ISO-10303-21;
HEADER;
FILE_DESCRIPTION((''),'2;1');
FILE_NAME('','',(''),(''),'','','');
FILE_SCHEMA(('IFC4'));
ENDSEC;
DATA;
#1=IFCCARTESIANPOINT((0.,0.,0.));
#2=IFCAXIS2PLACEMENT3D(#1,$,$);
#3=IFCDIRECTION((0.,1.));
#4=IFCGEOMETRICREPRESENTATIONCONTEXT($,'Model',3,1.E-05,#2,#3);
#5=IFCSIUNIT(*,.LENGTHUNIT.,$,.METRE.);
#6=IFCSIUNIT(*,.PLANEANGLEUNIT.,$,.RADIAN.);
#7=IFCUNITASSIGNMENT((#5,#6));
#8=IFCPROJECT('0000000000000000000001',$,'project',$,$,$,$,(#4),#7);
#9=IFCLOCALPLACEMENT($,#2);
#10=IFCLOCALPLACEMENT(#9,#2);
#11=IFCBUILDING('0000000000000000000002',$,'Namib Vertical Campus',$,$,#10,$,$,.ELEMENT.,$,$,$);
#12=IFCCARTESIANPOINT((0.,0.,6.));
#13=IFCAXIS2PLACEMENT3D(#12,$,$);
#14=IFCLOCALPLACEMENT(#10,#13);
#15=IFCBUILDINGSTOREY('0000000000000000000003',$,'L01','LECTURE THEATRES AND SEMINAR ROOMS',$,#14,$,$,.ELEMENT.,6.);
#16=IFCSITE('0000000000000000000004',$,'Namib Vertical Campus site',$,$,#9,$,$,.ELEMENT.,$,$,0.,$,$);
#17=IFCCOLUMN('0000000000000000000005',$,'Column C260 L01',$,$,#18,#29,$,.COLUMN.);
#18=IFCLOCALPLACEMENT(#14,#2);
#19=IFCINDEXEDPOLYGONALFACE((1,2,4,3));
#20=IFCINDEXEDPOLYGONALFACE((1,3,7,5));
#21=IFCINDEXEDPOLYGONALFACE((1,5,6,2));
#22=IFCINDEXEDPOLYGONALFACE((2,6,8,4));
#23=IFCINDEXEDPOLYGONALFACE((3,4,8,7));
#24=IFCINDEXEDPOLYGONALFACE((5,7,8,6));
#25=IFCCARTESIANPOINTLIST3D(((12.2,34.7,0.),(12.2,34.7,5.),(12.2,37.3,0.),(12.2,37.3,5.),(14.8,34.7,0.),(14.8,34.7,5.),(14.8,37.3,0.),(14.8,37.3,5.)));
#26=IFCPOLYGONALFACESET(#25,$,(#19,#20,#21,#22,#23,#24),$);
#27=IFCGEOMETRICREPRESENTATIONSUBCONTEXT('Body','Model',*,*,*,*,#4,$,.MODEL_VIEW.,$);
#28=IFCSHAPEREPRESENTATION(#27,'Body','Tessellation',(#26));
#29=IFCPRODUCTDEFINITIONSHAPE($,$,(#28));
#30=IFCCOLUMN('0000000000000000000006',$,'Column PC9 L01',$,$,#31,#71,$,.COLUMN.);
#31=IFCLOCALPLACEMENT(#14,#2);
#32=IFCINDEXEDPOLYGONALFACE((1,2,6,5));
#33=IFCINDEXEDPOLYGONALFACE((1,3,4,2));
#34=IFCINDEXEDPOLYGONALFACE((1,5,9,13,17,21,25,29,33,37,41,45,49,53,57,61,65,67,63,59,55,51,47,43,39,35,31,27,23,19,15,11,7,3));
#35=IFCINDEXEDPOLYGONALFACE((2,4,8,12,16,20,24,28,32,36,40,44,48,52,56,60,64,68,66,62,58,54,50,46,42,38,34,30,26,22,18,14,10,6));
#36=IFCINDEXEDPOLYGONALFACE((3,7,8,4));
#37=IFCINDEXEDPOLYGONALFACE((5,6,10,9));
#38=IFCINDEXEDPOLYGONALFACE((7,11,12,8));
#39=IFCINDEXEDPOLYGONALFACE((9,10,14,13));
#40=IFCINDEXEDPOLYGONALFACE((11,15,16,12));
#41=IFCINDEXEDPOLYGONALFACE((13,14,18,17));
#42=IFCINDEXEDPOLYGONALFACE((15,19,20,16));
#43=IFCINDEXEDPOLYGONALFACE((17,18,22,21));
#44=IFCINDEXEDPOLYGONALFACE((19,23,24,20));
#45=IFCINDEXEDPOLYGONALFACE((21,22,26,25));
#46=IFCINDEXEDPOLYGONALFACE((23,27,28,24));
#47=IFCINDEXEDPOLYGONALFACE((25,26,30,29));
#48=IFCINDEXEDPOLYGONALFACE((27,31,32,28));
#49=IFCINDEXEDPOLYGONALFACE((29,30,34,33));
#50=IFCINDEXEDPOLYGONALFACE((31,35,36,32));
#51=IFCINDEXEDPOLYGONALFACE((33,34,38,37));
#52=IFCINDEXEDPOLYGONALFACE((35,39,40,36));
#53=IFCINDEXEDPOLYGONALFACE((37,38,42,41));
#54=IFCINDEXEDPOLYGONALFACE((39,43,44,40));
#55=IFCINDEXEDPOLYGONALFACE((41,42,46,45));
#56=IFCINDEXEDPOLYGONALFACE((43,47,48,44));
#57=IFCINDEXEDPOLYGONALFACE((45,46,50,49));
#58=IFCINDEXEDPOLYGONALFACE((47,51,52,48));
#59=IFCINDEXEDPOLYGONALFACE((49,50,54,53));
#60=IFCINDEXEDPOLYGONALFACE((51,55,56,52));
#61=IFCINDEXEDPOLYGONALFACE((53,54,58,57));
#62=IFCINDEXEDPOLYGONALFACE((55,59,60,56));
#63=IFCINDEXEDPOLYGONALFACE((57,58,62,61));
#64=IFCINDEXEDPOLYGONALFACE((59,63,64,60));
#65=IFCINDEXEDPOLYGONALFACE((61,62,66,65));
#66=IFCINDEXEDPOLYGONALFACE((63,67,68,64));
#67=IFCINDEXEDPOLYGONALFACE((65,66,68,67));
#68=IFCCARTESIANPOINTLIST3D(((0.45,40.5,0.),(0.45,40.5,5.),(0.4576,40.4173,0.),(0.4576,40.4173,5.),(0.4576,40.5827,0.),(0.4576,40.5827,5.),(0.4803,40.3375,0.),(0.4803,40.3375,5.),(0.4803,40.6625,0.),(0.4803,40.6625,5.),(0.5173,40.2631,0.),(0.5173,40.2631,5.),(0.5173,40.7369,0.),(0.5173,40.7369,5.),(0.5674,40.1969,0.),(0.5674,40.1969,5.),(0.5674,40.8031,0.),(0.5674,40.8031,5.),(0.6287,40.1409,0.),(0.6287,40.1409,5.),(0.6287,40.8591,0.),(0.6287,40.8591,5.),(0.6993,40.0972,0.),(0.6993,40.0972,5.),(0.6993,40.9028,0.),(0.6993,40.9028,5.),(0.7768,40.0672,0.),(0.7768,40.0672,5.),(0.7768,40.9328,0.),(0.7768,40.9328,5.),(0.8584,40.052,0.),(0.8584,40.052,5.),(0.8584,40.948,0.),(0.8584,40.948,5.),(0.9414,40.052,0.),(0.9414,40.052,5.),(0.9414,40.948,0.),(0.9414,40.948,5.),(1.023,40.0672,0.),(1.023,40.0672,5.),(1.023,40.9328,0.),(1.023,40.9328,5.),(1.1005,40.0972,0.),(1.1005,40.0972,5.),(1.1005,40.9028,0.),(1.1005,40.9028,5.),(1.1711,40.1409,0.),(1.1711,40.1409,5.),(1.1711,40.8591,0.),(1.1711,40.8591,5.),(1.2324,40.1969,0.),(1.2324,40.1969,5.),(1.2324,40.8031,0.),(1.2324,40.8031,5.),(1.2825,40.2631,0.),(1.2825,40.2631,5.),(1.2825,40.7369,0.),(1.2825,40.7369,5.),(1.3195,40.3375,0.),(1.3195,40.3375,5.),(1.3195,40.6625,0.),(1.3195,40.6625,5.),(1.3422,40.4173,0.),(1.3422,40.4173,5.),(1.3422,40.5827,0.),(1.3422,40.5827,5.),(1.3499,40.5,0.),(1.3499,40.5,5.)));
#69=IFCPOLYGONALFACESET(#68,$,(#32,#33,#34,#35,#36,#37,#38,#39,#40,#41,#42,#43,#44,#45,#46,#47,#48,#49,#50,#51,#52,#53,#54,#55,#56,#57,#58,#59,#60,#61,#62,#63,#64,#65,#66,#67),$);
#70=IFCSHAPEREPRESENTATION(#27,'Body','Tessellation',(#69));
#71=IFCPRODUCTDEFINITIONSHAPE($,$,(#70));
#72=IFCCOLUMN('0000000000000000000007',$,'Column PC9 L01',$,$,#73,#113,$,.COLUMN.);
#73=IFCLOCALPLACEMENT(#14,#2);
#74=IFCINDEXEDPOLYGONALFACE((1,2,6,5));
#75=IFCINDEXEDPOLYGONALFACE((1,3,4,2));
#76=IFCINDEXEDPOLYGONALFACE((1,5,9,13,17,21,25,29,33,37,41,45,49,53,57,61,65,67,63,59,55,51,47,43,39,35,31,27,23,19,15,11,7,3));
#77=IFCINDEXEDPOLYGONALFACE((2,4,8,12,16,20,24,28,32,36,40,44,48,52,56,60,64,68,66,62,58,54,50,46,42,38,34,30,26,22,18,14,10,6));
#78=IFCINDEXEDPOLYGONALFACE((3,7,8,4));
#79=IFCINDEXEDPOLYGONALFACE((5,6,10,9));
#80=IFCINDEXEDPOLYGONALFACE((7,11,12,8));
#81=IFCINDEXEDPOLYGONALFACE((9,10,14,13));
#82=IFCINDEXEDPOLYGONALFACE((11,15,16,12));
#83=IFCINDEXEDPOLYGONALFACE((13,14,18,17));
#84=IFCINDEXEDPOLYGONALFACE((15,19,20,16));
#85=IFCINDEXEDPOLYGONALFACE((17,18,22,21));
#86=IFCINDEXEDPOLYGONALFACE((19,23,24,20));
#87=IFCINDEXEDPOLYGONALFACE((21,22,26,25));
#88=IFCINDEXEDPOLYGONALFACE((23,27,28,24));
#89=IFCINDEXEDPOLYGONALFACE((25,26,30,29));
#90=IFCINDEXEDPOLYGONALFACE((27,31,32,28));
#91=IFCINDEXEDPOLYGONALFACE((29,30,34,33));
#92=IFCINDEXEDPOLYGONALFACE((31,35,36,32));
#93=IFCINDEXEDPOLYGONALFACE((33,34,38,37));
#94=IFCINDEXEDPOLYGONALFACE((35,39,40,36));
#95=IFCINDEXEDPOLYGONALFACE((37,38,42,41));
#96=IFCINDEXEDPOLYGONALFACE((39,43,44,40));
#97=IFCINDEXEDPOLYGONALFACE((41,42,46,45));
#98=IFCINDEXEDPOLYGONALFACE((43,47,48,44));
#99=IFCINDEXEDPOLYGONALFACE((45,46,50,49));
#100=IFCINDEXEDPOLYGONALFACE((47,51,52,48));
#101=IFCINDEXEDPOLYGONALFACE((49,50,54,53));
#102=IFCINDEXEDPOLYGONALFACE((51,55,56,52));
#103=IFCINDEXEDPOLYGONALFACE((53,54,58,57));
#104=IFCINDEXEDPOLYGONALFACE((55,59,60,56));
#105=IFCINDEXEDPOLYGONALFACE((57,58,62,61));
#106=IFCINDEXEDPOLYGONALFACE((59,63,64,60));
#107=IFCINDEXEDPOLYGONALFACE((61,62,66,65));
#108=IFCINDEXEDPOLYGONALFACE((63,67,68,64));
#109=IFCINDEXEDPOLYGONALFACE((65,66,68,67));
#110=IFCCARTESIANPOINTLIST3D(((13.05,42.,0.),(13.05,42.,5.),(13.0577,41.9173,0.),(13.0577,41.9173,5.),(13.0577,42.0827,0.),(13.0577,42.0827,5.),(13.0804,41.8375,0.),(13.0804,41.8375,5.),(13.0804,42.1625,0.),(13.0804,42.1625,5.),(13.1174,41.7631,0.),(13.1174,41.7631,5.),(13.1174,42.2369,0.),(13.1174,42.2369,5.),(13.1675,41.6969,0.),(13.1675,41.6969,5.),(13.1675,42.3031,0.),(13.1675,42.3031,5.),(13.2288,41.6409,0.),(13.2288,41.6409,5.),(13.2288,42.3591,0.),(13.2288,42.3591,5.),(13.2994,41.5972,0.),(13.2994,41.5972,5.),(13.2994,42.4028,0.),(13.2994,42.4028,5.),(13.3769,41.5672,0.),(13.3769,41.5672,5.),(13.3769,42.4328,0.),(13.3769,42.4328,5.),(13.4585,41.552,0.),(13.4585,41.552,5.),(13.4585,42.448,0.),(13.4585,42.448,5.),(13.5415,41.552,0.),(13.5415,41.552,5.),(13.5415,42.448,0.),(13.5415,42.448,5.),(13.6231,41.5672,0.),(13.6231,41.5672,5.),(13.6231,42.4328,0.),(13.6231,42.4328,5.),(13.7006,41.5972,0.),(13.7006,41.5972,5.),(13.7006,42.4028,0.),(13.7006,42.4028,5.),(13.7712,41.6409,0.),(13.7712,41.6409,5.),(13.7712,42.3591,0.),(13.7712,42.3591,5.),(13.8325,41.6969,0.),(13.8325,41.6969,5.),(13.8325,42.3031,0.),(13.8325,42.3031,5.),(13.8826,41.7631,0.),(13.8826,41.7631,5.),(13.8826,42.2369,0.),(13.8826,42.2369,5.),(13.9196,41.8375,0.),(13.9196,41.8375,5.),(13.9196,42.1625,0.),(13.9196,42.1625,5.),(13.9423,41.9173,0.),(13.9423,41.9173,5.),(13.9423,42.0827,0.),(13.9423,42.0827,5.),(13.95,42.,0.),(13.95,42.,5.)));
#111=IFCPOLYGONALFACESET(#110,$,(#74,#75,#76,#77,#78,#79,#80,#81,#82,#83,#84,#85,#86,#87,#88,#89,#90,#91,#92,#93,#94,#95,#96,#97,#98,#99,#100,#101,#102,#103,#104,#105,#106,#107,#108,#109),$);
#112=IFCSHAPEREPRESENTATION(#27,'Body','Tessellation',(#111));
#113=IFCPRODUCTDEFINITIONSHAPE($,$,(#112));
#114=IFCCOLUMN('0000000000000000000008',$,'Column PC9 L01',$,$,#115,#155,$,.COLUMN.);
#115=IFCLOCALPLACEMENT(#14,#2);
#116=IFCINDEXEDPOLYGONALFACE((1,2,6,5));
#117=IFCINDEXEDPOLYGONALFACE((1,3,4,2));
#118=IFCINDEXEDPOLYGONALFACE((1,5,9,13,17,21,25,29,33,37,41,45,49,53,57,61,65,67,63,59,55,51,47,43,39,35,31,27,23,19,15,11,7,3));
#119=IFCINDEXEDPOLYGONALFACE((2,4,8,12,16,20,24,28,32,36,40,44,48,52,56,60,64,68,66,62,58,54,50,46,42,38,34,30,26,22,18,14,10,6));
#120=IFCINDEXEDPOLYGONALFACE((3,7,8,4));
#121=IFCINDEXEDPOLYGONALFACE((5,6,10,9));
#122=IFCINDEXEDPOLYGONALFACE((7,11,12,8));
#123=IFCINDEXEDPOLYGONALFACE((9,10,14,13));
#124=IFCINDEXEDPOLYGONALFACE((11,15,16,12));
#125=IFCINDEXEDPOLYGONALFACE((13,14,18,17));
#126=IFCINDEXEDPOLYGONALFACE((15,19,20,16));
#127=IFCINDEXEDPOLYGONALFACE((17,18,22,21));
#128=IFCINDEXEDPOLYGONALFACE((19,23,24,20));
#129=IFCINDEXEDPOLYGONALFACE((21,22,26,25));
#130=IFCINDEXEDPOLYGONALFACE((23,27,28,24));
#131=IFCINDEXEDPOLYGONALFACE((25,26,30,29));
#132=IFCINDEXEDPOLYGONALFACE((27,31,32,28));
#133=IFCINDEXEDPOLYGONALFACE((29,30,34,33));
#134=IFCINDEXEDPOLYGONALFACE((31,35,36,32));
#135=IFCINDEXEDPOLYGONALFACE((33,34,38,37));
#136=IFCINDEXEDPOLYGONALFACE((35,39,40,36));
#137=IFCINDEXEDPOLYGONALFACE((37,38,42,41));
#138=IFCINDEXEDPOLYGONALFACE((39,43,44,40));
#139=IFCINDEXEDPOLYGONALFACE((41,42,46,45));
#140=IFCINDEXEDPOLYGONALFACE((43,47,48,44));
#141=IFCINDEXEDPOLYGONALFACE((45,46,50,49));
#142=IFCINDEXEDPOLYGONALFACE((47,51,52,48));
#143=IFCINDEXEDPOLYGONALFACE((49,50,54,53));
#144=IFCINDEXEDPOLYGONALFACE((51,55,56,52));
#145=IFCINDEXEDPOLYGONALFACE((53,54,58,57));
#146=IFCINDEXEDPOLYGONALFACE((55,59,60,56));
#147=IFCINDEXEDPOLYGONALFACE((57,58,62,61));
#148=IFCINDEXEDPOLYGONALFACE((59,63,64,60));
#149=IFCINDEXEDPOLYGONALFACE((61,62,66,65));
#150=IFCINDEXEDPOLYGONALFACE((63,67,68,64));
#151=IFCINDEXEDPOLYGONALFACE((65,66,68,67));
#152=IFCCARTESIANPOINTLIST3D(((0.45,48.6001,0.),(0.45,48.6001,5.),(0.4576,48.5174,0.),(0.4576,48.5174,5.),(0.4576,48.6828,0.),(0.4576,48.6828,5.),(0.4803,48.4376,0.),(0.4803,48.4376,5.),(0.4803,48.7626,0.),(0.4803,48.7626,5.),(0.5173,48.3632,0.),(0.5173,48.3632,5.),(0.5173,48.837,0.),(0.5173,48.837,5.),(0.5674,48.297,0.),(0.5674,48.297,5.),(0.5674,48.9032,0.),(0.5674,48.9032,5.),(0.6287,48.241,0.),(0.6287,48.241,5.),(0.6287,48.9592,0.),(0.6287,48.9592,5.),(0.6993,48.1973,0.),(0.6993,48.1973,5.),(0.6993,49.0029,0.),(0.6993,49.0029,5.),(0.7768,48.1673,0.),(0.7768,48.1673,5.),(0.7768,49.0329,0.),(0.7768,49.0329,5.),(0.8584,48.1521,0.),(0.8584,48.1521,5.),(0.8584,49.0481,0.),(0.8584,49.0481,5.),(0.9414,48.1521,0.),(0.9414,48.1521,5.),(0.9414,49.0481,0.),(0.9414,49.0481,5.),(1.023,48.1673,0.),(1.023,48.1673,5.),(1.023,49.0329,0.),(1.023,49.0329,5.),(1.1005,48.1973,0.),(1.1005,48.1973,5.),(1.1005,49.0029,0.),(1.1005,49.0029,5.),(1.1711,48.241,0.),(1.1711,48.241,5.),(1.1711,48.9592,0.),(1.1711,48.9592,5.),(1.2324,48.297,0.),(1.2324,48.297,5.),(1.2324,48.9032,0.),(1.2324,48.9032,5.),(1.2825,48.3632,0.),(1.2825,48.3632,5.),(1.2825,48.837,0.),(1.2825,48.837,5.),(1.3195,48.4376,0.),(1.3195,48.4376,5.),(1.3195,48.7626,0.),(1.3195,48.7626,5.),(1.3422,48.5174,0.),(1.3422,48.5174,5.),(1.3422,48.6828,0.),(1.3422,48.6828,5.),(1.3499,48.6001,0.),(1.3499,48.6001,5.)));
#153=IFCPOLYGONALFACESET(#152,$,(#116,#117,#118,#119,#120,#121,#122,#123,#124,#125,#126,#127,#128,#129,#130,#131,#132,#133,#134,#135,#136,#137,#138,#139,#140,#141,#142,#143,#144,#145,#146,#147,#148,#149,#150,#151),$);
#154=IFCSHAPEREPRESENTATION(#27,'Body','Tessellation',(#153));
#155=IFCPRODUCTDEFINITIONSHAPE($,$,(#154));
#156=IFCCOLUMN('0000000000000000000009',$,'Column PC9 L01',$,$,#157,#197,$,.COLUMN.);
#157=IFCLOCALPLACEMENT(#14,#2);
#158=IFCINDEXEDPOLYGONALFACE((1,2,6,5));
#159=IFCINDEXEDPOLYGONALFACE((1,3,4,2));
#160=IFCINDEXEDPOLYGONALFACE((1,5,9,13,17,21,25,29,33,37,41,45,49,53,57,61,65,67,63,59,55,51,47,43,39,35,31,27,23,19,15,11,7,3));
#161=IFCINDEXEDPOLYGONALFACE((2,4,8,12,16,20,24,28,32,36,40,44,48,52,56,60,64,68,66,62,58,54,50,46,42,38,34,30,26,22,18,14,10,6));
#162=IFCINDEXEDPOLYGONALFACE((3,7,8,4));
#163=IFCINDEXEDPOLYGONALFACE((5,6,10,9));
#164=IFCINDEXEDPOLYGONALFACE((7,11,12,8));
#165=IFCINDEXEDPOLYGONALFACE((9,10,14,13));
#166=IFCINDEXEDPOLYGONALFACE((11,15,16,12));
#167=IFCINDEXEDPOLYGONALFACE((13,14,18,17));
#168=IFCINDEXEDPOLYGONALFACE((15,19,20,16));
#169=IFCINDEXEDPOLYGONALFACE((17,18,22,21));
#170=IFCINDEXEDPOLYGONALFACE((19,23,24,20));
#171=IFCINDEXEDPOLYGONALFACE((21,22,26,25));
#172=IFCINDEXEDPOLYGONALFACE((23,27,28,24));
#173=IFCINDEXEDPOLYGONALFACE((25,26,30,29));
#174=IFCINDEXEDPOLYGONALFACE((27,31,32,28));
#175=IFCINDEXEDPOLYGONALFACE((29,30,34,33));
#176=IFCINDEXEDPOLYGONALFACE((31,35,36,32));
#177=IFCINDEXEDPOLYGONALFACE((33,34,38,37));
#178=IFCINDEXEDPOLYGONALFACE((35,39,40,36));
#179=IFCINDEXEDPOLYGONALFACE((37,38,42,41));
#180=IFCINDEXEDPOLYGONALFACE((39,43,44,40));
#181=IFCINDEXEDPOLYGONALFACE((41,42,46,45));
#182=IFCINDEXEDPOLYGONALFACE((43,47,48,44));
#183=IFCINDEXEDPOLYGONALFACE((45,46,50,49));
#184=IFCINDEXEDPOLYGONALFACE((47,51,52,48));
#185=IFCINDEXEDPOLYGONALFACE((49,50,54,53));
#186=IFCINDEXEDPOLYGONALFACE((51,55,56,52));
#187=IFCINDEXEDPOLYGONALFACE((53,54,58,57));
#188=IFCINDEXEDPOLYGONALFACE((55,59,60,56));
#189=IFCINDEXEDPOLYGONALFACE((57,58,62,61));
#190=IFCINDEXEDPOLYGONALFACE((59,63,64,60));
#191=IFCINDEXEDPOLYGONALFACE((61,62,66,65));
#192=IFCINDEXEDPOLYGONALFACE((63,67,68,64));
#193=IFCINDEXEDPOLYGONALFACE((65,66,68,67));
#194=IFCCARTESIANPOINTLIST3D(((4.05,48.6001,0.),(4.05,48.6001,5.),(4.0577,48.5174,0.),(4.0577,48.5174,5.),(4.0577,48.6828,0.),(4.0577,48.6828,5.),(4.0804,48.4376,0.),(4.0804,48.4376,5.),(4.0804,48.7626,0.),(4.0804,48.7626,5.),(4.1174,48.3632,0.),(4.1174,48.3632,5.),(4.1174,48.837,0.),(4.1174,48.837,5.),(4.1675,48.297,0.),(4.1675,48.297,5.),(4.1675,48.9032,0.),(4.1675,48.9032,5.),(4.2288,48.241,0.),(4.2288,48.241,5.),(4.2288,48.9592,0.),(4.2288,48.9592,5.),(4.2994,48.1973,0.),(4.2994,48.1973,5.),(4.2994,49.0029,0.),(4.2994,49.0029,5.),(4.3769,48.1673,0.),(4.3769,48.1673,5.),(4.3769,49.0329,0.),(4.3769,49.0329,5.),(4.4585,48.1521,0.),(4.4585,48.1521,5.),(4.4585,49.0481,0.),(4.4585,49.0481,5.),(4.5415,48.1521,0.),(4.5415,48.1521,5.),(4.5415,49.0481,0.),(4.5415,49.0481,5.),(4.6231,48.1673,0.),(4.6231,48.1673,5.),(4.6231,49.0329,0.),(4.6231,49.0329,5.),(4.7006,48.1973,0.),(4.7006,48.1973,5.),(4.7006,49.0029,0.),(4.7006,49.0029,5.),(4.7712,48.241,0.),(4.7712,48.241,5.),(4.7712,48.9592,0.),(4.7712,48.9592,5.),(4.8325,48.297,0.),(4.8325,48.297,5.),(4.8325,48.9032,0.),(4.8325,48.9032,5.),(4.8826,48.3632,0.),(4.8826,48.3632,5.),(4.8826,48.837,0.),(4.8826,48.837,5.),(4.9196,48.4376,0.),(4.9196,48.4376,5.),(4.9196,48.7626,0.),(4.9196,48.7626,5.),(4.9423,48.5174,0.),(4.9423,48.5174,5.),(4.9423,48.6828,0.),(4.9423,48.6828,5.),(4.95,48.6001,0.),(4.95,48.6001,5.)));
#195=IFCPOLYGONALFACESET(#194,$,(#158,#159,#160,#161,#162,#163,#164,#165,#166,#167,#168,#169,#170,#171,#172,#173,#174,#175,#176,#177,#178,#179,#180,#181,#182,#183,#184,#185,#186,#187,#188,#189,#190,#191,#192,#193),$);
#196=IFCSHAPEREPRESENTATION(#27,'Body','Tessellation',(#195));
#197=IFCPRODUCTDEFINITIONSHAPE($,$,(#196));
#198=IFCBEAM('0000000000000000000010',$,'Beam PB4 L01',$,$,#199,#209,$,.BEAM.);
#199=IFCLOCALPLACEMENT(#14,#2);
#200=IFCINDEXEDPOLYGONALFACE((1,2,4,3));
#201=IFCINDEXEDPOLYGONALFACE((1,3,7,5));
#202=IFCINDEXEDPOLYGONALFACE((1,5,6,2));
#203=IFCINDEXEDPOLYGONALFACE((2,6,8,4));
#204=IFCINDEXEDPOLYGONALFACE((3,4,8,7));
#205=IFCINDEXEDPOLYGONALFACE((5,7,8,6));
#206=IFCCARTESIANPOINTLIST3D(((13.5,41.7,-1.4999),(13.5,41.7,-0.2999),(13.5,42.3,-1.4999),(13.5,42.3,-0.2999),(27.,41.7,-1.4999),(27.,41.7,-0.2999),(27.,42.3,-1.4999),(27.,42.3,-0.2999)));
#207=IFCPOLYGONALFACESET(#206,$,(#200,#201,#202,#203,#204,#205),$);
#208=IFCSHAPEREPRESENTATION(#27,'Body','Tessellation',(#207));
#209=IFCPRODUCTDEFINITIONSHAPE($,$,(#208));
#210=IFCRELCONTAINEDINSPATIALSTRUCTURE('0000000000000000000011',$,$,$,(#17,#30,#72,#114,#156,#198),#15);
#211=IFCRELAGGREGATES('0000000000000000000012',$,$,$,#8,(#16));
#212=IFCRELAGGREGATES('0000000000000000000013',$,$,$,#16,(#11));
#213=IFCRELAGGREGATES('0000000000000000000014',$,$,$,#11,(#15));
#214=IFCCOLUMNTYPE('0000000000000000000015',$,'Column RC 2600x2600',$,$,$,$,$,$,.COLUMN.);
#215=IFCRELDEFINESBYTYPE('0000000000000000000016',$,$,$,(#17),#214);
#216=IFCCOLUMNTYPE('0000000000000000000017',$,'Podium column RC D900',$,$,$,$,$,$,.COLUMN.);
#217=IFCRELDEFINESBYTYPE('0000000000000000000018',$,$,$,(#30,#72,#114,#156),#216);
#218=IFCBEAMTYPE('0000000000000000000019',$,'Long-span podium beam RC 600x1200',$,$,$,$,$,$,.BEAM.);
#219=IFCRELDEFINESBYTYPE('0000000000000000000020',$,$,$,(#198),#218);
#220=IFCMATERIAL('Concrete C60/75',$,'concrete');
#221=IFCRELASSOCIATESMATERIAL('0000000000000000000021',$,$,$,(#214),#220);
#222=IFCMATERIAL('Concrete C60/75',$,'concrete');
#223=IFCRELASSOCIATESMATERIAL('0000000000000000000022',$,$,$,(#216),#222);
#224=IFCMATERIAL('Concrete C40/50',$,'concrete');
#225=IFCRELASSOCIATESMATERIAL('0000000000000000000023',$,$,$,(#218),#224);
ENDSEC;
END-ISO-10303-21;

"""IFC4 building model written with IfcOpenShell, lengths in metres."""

from ifc_helpers import new_model, si_unit, direction, frame, origin, origin_2d, place, context, subcontext, project, spatial, rectangle, circle, extrude, material, material_profile, profile_set, type_object, element, save


model = new_model("IFC4")

# Units and contexts
model_context = context("Model", 3, precision=1e-05, world=origin(), true_north=direction((0.0, 1.0)))
body_context = subcontext(model_context, "Body", "Model", "MODEL_VIEW")
ifc_project = project(units=[si_unit("LENGTHUNIT", "METRE"), si_unit("PLANEANGLEUNIT", "RADIAN")], contexts=[model_context])

# Site, building, storey
site_placement = place(None, origin())
site = spatial("IfcSite", under=ifc_project, at=site_placement, Name="Namib Vertical Campus site", CompositionType="ELEMENT", RefElevation=0.0)
building_placement = place(site_placement, origin())
building = spatial("IfcBuilding", under=site, at=building_placement, Name="Namib Vertical Campus", CompositionType="ELEMENT")
storey_placement = place(building_placement, frame((0.0, 0.0, 6.0)))
storey = spatial("IfcBuildingStorey", under=building, at=storey_placement, Name="L01", Description="LECTURE THEATRES AND SEMINAR ROOMS", CompositionType="ELEMENT", Elevation=6.0)

# Columns
ifc_material_1 = material(Name="Concrete C60/75", Category="concrete")
ifc_material_profile_1 = material_profile(ifc_material_1, rectangle(XDim=2.6001, YDim=2.6001, at=origin_2d()))
ifc_profile_set_1 = profile_set([ifc_material_profile_1], Name="Concrete C60/75")
column_type_1 = type_object("IfcColumnType", Name="Column RC 2600x2600", PredefinedType="COLUMN", material=ifc_profile_set_1)
column_placement = place(storey_placement, frame((13.5, 36.0, 0.0), z_axis=(0.0, 0.0, 1.0), x_axis=(1.0, 0.0, 0.0)))
element("IfcColumn", 1, at=column_placement, inside=storey, type_object=column_type_1, Name="Column C260 L01", PredefinedType="COLUMN", context=body_context, shape_type="SweptSolid", body=[
    extrude(rectangle(XDim=2.6001, YDim=2.6001, at=origin_2d()), origin(), (0.0, 0.0, 1.0), 5.0),
])
ifc_material_2 = material(Name="Concrete C60/75", Category="concrete")
ifc_material_profile_2 = material_profile(ifc_material_2, circle(Radius=0.45, at=origin_2d()))
ifc_profile_set_2 = profile_set([ifc_material_profile_2], Name="Concrete C60/75")
column_type_2 = type_object("IfcColumnType", Name="Podium column RC D900", PredefinedType="COLUMN", material=ifc_profile_set_2)
for number, where, z_axis, x_axis, name in (
    (2, (0.8999, 40.5, 0.0), (0.0, 0.0, 1.0), (1.0, 0.0, 0.0), "Column PC9 L01"),
    (3, (13.5, 42.0, 0.0), (0.0, 0.0, 1.0), (1.0, 0.0, 0.0), "Column PC9 L01"),
    (4, (0.8999, 48.6001, 0.0), (0.0, 0.0, 1.0), (1.0, 0.0, 0.0), "Column PC9 L01"),
    (5, (4.5, 48.6001, 0.0), (0.0, 0.0, 1.0), (1.0, 0.0, 0.0), "Column PC9 L01"),
):
    element("IfcColumn", number, at=place(storey_placement, frame(where, z_axis=z_axis, x_axis=x_axis)), inside=storey, type_object=column_type_2, Name=name, PredefinedType="COLUMN", context=body_context, shape_type="SweptSolid", body=[
        extrude(circle(Radius=0.45, at=origin_2d()), origin(), (0.0, 0.0, 1.0), 5.0),
    ])

# Beam
ifc_material_3 = material(Name="Concrete C40/50", Category="concrete")
ifc_material_profile_3 = material_profile(ifc_material_3, rectangle(XDim=0.6001, YDim=1.2, at=origin_2d()))
ifc_profile_set_3 = profile_set([ifc_material_profile_3], Name="Concrete C40/50")
beam_type_1 = type_object("IfcBeamType", Name="Long-span podium beam RC 600x1200", PredefinedType="BEAM", material=ifc_profile_set_3)
beam_1_placement = place(storey_placement, frame((13.5, 42.0, -0.8999), z_axis=(1.0, 0.0, 0.0), x_axis=(0.0, 1.0, 0.0)))
element("IfcBeam", 6, at=beam_1_placement, inside=storey, type_object=beam_type_1, Name="Beam PB4 L01", PredefinedType="BEAM", context=body_context, shape_type="SweptSolid", body=[
    extrude(rectangle(XDim=0.6001, YDim=1.2, at=origin_2d()), origin(), (0.0, 0.0, 1.0), 13.5),
])

save(model, "model.ifc")
